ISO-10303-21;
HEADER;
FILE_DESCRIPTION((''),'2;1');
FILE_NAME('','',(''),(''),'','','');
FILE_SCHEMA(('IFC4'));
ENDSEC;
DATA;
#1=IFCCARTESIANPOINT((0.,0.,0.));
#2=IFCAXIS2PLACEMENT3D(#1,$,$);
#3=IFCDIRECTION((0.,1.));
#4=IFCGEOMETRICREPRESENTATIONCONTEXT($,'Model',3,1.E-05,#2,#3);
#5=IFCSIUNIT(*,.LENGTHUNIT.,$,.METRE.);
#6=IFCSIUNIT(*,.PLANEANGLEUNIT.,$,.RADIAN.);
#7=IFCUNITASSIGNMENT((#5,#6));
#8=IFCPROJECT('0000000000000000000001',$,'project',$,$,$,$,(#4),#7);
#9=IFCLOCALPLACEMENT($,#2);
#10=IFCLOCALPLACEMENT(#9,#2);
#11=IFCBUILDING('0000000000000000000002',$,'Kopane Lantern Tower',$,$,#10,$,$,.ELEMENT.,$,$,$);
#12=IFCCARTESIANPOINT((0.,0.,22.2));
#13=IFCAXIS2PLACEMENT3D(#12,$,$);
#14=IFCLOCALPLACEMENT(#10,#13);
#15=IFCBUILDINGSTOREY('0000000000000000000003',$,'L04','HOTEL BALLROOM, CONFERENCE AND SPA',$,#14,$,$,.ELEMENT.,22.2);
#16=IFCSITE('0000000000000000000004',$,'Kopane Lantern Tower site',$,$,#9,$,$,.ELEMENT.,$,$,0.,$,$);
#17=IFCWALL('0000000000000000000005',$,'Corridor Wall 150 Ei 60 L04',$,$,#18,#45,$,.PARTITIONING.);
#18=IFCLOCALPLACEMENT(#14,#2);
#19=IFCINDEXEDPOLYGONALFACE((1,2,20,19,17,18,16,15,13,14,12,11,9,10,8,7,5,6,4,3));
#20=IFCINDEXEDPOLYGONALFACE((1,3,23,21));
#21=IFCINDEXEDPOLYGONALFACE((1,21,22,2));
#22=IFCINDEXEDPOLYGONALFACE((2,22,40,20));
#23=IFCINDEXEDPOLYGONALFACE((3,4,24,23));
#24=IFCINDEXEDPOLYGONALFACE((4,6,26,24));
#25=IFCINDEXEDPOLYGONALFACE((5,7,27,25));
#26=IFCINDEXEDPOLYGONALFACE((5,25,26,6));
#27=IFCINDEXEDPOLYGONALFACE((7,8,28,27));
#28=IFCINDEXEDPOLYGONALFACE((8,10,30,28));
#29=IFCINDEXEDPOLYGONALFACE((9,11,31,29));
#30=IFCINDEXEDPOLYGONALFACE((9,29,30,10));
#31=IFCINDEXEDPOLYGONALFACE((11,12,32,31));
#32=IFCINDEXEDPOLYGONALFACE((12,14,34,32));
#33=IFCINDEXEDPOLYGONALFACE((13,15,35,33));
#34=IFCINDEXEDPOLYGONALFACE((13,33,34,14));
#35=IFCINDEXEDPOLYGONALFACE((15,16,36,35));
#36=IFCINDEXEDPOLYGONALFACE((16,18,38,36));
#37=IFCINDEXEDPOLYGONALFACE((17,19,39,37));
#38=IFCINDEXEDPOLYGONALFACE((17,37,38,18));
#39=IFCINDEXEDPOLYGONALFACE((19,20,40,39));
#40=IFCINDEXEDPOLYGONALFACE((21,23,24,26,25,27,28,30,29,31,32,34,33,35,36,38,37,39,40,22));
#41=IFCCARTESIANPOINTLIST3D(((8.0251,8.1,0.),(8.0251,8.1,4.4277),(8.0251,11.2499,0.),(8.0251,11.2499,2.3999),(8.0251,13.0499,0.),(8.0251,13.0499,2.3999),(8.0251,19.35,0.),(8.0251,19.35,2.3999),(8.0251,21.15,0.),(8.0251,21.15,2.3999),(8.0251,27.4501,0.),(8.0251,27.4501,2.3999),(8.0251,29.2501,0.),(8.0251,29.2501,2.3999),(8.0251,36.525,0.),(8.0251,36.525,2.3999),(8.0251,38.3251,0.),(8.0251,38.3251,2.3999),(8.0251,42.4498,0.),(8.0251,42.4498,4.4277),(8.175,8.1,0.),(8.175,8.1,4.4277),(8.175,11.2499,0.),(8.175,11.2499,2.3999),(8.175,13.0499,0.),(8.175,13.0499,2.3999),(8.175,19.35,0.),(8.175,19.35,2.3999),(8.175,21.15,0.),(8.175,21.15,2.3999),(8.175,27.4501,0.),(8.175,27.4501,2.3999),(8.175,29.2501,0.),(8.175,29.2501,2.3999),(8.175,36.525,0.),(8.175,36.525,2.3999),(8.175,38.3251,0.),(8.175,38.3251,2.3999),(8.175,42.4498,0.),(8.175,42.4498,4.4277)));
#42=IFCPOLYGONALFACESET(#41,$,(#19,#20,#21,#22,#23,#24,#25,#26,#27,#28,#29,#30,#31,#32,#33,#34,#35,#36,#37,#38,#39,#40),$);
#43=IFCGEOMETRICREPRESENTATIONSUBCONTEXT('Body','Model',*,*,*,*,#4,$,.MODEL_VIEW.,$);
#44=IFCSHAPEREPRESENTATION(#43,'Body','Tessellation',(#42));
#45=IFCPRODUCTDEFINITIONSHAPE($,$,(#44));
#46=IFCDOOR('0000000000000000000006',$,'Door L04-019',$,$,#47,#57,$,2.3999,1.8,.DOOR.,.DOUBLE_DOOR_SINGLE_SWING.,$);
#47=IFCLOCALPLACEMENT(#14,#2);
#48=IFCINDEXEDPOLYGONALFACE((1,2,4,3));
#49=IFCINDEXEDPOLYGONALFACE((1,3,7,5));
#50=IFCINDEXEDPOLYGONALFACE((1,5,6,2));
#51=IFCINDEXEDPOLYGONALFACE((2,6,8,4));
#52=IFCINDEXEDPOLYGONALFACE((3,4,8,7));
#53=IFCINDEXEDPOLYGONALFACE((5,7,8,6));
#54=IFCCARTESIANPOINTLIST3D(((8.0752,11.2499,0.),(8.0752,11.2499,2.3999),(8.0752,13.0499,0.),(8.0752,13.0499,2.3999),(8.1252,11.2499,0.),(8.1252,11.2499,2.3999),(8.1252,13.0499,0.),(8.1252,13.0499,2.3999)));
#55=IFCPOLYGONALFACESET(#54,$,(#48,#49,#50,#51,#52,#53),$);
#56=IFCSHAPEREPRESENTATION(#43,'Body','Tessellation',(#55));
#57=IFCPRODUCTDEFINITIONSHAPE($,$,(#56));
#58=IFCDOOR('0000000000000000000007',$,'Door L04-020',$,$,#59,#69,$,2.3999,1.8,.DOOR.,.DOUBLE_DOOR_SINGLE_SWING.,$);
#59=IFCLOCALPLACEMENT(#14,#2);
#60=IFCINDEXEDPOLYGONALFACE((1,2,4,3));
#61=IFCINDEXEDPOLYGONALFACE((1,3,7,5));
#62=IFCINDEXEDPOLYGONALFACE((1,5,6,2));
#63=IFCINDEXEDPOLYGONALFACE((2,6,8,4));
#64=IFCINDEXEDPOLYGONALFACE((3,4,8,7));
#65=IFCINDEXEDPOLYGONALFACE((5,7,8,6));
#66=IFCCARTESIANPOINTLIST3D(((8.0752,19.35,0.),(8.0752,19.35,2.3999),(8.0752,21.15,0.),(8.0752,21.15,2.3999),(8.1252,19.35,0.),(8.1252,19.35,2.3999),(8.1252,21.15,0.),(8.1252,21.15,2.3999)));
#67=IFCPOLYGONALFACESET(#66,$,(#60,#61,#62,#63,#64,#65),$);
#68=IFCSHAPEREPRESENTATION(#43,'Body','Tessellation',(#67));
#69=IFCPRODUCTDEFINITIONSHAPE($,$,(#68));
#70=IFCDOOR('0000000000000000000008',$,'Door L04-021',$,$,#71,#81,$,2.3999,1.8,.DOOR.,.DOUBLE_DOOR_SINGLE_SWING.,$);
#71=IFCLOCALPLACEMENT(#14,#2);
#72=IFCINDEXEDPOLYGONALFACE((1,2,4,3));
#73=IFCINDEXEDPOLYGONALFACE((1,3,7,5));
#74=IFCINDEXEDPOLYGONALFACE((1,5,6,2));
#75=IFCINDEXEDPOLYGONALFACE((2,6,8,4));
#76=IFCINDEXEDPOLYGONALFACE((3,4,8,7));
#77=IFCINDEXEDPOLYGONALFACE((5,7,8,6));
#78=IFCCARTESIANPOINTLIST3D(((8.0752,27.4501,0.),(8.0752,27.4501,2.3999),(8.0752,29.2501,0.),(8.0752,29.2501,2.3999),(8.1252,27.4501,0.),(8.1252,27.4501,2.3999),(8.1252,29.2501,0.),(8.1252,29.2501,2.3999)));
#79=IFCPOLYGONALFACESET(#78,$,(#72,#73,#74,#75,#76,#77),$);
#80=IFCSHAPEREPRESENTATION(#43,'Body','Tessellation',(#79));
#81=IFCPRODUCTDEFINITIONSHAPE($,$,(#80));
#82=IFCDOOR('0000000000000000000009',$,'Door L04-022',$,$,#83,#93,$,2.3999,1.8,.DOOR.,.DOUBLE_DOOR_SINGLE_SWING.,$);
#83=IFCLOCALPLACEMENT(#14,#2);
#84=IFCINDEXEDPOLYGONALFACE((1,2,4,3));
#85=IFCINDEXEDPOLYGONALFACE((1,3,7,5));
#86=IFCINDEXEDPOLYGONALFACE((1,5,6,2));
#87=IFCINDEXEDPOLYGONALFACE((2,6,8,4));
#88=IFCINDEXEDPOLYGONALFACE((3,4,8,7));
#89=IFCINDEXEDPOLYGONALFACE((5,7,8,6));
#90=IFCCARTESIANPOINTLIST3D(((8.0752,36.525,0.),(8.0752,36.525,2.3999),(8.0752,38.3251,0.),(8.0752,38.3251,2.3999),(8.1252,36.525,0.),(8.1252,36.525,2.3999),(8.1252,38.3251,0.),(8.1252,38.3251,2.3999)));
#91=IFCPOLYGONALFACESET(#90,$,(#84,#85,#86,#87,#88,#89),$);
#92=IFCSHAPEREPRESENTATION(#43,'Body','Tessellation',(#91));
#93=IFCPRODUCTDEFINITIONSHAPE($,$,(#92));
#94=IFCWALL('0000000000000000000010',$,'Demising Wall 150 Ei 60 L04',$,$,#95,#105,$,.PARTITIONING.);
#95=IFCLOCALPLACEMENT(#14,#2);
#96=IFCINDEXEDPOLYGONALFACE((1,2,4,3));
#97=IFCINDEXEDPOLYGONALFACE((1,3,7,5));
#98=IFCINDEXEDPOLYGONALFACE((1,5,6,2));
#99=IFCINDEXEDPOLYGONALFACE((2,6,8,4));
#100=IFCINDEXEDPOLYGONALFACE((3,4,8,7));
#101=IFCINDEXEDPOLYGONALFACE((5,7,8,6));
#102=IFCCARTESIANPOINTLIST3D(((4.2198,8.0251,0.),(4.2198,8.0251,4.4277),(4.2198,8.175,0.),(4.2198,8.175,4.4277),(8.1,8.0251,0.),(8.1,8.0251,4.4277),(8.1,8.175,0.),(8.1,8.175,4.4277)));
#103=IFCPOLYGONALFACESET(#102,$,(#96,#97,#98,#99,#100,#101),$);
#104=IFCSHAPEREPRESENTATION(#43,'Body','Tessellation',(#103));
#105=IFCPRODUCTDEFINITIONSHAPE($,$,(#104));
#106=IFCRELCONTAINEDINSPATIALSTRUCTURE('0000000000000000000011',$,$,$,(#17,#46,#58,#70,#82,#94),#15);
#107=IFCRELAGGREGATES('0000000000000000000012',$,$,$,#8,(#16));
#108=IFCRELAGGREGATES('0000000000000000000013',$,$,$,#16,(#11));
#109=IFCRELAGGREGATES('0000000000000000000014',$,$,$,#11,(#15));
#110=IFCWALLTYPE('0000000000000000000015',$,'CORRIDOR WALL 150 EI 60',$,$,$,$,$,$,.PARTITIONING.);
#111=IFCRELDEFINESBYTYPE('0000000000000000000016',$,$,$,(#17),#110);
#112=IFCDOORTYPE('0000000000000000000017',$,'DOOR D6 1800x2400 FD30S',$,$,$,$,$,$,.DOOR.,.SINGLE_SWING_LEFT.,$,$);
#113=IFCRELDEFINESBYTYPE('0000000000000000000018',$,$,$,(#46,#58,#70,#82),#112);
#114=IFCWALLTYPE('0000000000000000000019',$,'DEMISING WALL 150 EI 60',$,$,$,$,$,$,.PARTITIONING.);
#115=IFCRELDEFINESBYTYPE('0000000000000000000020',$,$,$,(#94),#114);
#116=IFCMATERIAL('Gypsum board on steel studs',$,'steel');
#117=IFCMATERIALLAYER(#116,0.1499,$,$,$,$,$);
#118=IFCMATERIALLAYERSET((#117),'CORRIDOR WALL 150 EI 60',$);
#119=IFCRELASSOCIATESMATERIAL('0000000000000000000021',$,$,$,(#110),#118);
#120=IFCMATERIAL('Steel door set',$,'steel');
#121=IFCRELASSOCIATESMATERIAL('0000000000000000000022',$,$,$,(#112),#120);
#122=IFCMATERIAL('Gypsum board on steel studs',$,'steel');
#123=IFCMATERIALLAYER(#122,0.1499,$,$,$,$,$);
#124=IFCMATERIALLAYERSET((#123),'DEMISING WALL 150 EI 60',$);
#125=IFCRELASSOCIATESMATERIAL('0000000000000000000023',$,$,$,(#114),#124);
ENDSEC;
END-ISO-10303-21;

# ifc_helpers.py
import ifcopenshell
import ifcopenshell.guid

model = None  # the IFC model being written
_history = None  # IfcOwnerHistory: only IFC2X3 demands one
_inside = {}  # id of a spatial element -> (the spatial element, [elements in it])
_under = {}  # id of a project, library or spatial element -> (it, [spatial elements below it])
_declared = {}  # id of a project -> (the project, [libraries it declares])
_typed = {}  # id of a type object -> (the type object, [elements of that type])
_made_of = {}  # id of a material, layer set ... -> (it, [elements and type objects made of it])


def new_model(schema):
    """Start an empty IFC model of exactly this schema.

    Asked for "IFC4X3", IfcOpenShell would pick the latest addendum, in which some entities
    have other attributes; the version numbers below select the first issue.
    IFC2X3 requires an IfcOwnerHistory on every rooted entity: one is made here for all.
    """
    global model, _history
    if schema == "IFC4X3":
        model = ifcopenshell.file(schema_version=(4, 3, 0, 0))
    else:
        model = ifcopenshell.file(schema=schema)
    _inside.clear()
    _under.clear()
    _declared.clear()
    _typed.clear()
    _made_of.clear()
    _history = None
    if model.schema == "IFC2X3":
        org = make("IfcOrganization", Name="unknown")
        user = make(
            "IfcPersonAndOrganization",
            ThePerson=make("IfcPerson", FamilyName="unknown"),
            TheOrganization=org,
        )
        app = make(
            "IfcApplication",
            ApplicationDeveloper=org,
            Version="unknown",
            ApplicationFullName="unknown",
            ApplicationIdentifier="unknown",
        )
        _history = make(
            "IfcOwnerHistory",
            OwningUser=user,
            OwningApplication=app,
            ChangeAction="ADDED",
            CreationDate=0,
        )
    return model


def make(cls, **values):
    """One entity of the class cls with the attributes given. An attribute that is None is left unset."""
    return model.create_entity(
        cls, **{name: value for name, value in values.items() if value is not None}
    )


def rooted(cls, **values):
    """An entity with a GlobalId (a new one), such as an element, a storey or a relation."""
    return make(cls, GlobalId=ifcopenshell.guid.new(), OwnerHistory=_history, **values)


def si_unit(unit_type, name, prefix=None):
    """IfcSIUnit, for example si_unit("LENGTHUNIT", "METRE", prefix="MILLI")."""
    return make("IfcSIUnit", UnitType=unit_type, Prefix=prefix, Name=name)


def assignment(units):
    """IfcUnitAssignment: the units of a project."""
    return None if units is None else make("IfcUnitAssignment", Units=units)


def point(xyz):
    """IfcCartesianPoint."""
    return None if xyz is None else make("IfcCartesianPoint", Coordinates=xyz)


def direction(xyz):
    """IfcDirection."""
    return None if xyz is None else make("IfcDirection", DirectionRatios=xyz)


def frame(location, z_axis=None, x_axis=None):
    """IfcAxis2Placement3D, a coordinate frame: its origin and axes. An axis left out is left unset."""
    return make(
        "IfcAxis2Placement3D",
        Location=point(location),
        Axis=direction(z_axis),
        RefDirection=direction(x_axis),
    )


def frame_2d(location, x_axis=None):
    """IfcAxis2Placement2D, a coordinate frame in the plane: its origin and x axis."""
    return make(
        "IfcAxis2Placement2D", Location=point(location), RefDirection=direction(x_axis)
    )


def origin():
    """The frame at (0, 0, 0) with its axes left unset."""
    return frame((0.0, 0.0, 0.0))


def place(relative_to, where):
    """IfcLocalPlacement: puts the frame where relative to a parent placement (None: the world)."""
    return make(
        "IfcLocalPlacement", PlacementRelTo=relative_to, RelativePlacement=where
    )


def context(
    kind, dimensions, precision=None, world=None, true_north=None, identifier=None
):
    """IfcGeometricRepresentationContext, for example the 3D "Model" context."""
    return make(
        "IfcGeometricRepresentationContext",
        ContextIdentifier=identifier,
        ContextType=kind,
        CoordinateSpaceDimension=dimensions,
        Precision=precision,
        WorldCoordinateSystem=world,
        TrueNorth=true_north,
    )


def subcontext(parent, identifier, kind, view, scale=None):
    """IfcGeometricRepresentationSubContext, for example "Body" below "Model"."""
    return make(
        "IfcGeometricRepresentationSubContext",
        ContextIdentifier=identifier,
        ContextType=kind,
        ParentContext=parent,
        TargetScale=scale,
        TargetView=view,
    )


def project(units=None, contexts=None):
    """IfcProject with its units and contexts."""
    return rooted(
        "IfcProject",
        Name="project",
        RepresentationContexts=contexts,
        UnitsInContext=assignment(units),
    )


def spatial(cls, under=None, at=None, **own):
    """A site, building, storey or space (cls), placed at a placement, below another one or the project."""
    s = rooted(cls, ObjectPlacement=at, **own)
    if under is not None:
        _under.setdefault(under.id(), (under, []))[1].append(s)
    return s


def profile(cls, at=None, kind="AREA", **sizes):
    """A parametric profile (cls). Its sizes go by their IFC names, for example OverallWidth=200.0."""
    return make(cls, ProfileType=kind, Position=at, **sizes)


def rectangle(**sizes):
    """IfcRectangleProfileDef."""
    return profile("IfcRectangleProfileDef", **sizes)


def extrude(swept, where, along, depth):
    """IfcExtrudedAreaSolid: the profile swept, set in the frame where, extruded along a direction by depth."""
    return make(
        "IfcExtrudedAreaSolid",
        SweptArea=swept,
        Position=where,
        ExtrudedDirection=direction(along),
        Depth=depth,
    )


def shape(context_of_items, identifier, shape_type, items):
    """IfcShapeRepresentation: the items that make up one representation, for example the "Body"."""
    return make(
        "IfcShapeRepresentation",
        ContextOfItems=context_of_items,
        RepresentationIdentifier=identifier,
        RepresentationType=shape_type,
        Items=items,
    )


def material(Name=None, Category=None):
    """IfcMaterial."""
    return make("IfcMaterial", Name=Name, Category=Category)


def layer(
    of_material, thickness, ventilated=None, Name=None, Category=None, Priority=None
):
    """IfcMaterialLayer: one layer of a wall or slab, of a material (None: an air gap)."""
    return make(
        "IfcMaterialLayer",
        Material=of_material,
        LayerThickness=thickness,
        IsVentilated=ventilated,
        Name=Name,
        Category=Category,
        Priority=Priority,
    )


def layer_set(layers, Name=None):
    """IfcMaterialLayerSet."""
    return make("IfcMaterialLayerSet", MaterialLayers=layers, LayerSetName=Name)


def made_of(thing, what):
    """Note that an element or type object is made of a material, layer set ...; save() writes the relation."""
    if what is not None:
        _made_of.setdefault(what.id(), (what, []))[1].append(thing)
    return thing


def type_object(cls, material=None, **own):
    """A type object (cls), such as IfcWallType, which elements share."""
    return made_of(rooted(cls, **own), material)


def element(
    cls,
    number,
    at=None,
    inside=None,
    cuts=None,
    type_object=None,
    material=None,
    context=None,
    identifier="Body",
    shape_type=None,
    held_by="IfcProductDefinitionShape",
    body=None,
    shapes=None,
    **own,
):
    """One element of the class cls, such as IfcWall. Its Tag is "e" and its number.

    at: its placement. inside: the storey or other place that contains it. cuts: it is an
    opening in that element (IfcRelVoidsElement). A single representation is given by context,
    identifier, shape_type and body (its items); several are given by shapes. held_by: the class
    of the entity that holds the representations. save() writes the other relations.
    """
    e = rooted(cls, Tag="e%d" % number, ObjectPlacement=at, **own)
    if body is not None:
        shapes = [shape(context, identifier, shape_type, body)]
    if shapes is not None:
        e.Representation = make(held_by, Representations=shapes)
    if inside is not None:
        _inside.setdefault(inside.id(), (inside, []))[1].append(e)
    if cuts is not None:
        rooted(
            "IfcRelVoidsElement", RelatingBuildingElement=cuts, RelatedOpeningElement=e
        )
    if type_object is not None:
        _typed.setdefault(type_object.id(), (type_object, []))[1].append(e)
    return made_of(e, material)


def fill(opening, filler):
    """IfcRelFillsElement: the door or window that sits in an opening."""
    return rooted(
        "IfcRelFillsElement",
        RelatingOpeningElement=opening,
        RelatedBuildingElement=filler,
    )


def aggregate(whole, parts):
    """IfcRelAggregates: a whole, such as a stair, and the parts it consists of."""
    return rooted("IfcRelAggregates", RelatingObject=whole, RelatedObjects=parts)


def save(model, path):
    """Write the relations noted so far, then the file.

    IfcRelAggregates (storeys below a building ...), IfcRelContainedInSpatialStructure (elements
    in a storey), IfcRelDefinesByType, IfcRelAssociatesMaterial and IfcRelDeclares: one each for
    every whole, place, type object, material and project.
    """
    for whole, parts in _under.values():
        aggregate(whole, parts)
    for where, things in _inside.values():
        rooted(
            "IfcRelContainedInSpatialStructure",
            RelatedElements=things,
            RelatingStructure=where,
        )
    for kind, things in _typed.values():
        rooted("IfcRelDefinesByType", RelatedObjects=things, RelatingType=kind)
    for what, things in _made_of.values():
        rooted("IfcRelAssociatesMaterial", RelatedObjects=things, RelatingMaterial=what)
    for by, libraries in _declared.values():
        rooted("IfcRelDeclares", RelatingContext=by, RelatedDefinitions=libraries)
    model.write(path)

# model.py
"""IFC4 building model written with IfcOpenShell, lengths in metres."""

from ifc_helpers import new_model, si_unit, direction, frame, frame_2d, origin, place, context, subcontext, project, spatial, rectangle, extrude, material, layer, layer_set, type_object, element, fill, save


model = new_model("IFC4")

# Units and contexts
model_context = context("Model", 3, precision=1e-05, world=origin(), true_north=direction((0.0, 1.0)))
body_context = subcontext(model_context, "Body", "Model", "MODEL_VIEW")
ifc_project = project(units=[si_unit("LENGTHUNIT", "METRE"), si_unit("PLANEANGLEUNIT", "RADIAN")], contexts=[model_context])

# Site, building, storey
site_placement = place(None, origin())
site = spatial("IfcSite", under=ifc_project, at=site_placement, Name="Kopane Lantern Tower site", CompositionType="ELEMENT", RefElevation=0.0)
building_placement = place(site_placement, origin())
building = spatial("IfcBuilding", under=site, at=building_placement, Name="Kopane Lantern Tower", CompositionType="ELEMENT")
storey_placement = place(building_placement, frame((0.0, 0.0, 22.2)))
storey = spatial("IfcBuildingStorey", under=building, at=storey_placement, Name="L04", Description="HOTEL BALLROOM, CONFERENCE AND SPA", CompositionType="ELEMENT", Elevation=22.2)

# Wall, openings, doors
ifc_material_1 = material(Name="Gypsum board on steel studs", Category="steel")
ifc_layer_1 = layer(ifc_material_1, 0.1499)
ifc_layer_set_1 = layer_set([ifc_layer_1], Name="CORRIDOR WALL 150 EI 60")
wall_type_1 = type_object("IfcWallType", Name="CORRIDOR WALL 150 EI 60", PredefinedType="PARTITIONING", material=ifc_layer_set_1)
ifc_material_2 = material(Name="Steel door set", Category="steel")
door_type_1 = type_object("IfcDoorType", Name="DOOR D6 1800x2400 FD30S", OperationType="SINGLE_SWING_LEFT", PredefinedType="DOOR", material=ifc_material_2)
wall_1_placement = place(storey_placement, frame((8.1001, 8.1001, 0.0), z_axis=(0.0, 0.0, 1.0), x_axis=(0.0, 1.0, 0.0)))
wall_1 = element("IfcWall", 1, at=wall_1_placement, inside=storey, type_object=wall_type_1, Name="Corridor Wall 150 Ei 60 L04", PredefinedType="PARTITIONING", context=body_context, shape_type="SweptSolid", body=[
    extrude(rectangle(XDim=34.3499, YDim=0.1499, at=frame_2d((17.1748, 0.0))), origin(), (0.0, 0.0, 1.0), 4.4277),
])
opening_1_placement = place(wall_1_placement, frame((3.1499, 0.0, 0.0)))
opening_1 = element("IfcOpeningElement", 2, at=opening_1_placement, cuts=wall_1, PredefinedType="OPENING", context=body_context, shape_type="SweptSolid", body=[
    extrude(rectangle(XDim=1.8, YDim=2.3999, at=frame_2d((0.8999, 1.2))), frame((0.0, 0.085, 0.0), z_axis=(0.0, -1.0, 0.0), x_axis=(1.0, 0.0, 0.0)), (0.0, 0.0, 1.0), 0.1699),
])
opening_2_placement = place(wall_1_placement, frame((11.25, 0.0, 0.0)))
opening_2 = element("IfcOpeningElement", 3, at=opening_2_placement, cuts=wall_1, PredefinedType="OPENING", context=body_context, shape_type="SweptSolid", body=[
    extrude(rectangle(XDim=1.8, YDim=2.3999, at=frame_2d((0.8999, 1.2))), frame((0.0, 0.085, 0.0), z_axis=(0.0, -1.0, 0.0), x_axis=(1.0, 0.0, 0.0)), (0.0, 0.0, 1.0), 0.1699),
])
opening_3_placement = place(wall_1_placement, frame((19.3501, 0.0, 0.0)))
opening_3 = element("IfcOpeningElement", 4, at=opening_3_placement, cuts=wall_1, PredefinedType="OPENING", context=body_context, shape_type="SweptSolid", body=[
    extrude(rectangle(XDim=1.8, YDim=2.3999, at=frame_2d((0.8999, 1.2))), frame((0.0, 0.085, 0.0), z_axis=(0.0, -1.0, 0.0), x_axis=(1.0, 0.0, 0.0)), (0.0, 0.0, 1.0), 0.1699),
])
opening_4_placement = place(wall_1_placement, frame((28.425, 0.0, 0.0)))
opening_4 = element("IfcOpeningElement", 5, at=opening_4_placement, cuts=wall_1, PredefinedType="OPENING", context=body_context, shape_type="SweptSolid", body=[
    extrude(rectangle(XDim=1.8, YDim=2.3999, at=frame_2d((0.8999, 1.2))), frame((0.0, 0.085, 0.0), z_axis=(0.0, -1.0, 0.0), x_axis=(1.0, 0.0, 0.0)), (0.0, 0.0, 1.0), 0.1699),
])
door_1_placement = place(opening_1_placement, origin())
door_1 = element("IfcDoor", 6, at=door_1_placement, inside=storey, type_object=door_type_1, Name="Door L04-019", OperationType="DOUBLE_DOOR_SINGLE_SWING", OverallHeight=2.3999, OverallWidth=1.8, PredefinedType="DOOR", context=body_context, shape_type="SweptSolid", body=[
    extrude(rectangle(XDim=1.8, YDim=2.3999, at=frame_2d((0.8999, 1.2))), frame((0.0, 0.0249, 0.0), z_axis=(0.0, -1.0, 0.0), x_axis=(1.0, 0.0, 0.0)), (0.0, 0.0, 1.0), 0.05),
])
fill(opening_1, door_1)
door_2_placement = place(opening_2_placement, origin())
door_2 = element("IfcDoor", 7, at=door_2_placement, inside=storey, type_object=door_type_1, Name="Door L04-020", OperationType="DOUBLE_DOOR_SINGLE_SWING", OverallHeight=2.3999, OverallWidth=1.8, PredefinedType="DOOR", context=body_context, shape_type="SweptSolid", body=[
    extrude(rectangle(XDim=1.8, YDim=2.3999, at=frame_2d((0.8999, 1.2))), frame((0.0, 0.0249, 0.0), z_axis=(0.0, -1.0, 0.0), x_axis=(1.0, 0.0, 0.0)), (0.0, 0.0, 1.0), 0.05),
])
fill(opening_2, door_2)
door_3_placement = place(opening_3_placement, origin())
door_3 = element("IfcDoor", 8, at=door_3_placement, inside=storey, type_object=door_type_1, Name="Door L04-021", OperationType="DOUBLE_DOOR_SINGLE_SWING", OverallHeight=2.3999, OverallWidth=1.8, PredefinedType="DOOR", context=body_context, shape_type="SweptSolid", body=[
    extrude(rectangle(XDim=1.8, YDim=2.3999, at=frame_2d((0.8999, 1.2))), frame((0.0, 0.0249, 0.0), z_axis=(0.0, -1.0, 0.0), x_axis=(1.0, 0.0, 0.0)), (0.0, 0.0, 1.0), 0.05),
])
fill(opening_3, door_3)
door_4_placement = place(opening_4_placement, origin())
door_4 = element("IfcDoor", 9, at=door_4_placement, inside=storey, type_object=door_type_1, Name="Door L04-022", OperationType="DOUBLE_DOOR_SINGLE_SWING", OverallHeight=2.3999, OverallWidth=1.8, PredefinedType="DOOR", context=body_context, shape_type="SweptSolid", body=[
    extrude(rectangle(XDim=1.8, YDim=2.3999, at=frame_2d((0.8999, 1.2))), frame((0.0, 0.0249, 0.0), z_axis=(0.0, -1.0, 0.0), x_axis=(1.0, 0.0, 0.0)), (0.0, 0.0, 1.0), 0.05),
])
fill(opening_4, door_4)

# Wall
ifc_material_3 = material(Name="Gypsum board on steel studs", Category="steel")
ifc_layer_2 = layer(ifc_material_3, 0.1499)
ifc_layer_set_2 = layer_set([ifc_layer_2], Name="DEMISING WALL 150 EI 60")
wall_type_2 = type_object("IfcWallType", Name="DEMISING WALL 150 EI 60", PredefinedType="PARTITIONING", material=ifc_layer_set_2)
wall_2_placement = place(storey_placement, frame((4.22, 8.1001, 0.0), z_axis=(0.0, 0.0, 1.0), x_axis=(1.0, 0.0, 0.0)))
element("IfcWall", 10, at=wall_2_placement, inside=storey, type_object=wall_type_2, Name="Demising Wall 150 Ei 60 L04", PredefinedType="PARTITIONING", context=body_context, shape_type="SweptSolid", body=[
    extrude(rectangle(XDim=3.8801, YDim=0.1499, at=frame_2d((1.9399, 0.0))), origin(), (0.0, 0.0, 1.0), 4.4277),
])

save(model, "model.ifc")
